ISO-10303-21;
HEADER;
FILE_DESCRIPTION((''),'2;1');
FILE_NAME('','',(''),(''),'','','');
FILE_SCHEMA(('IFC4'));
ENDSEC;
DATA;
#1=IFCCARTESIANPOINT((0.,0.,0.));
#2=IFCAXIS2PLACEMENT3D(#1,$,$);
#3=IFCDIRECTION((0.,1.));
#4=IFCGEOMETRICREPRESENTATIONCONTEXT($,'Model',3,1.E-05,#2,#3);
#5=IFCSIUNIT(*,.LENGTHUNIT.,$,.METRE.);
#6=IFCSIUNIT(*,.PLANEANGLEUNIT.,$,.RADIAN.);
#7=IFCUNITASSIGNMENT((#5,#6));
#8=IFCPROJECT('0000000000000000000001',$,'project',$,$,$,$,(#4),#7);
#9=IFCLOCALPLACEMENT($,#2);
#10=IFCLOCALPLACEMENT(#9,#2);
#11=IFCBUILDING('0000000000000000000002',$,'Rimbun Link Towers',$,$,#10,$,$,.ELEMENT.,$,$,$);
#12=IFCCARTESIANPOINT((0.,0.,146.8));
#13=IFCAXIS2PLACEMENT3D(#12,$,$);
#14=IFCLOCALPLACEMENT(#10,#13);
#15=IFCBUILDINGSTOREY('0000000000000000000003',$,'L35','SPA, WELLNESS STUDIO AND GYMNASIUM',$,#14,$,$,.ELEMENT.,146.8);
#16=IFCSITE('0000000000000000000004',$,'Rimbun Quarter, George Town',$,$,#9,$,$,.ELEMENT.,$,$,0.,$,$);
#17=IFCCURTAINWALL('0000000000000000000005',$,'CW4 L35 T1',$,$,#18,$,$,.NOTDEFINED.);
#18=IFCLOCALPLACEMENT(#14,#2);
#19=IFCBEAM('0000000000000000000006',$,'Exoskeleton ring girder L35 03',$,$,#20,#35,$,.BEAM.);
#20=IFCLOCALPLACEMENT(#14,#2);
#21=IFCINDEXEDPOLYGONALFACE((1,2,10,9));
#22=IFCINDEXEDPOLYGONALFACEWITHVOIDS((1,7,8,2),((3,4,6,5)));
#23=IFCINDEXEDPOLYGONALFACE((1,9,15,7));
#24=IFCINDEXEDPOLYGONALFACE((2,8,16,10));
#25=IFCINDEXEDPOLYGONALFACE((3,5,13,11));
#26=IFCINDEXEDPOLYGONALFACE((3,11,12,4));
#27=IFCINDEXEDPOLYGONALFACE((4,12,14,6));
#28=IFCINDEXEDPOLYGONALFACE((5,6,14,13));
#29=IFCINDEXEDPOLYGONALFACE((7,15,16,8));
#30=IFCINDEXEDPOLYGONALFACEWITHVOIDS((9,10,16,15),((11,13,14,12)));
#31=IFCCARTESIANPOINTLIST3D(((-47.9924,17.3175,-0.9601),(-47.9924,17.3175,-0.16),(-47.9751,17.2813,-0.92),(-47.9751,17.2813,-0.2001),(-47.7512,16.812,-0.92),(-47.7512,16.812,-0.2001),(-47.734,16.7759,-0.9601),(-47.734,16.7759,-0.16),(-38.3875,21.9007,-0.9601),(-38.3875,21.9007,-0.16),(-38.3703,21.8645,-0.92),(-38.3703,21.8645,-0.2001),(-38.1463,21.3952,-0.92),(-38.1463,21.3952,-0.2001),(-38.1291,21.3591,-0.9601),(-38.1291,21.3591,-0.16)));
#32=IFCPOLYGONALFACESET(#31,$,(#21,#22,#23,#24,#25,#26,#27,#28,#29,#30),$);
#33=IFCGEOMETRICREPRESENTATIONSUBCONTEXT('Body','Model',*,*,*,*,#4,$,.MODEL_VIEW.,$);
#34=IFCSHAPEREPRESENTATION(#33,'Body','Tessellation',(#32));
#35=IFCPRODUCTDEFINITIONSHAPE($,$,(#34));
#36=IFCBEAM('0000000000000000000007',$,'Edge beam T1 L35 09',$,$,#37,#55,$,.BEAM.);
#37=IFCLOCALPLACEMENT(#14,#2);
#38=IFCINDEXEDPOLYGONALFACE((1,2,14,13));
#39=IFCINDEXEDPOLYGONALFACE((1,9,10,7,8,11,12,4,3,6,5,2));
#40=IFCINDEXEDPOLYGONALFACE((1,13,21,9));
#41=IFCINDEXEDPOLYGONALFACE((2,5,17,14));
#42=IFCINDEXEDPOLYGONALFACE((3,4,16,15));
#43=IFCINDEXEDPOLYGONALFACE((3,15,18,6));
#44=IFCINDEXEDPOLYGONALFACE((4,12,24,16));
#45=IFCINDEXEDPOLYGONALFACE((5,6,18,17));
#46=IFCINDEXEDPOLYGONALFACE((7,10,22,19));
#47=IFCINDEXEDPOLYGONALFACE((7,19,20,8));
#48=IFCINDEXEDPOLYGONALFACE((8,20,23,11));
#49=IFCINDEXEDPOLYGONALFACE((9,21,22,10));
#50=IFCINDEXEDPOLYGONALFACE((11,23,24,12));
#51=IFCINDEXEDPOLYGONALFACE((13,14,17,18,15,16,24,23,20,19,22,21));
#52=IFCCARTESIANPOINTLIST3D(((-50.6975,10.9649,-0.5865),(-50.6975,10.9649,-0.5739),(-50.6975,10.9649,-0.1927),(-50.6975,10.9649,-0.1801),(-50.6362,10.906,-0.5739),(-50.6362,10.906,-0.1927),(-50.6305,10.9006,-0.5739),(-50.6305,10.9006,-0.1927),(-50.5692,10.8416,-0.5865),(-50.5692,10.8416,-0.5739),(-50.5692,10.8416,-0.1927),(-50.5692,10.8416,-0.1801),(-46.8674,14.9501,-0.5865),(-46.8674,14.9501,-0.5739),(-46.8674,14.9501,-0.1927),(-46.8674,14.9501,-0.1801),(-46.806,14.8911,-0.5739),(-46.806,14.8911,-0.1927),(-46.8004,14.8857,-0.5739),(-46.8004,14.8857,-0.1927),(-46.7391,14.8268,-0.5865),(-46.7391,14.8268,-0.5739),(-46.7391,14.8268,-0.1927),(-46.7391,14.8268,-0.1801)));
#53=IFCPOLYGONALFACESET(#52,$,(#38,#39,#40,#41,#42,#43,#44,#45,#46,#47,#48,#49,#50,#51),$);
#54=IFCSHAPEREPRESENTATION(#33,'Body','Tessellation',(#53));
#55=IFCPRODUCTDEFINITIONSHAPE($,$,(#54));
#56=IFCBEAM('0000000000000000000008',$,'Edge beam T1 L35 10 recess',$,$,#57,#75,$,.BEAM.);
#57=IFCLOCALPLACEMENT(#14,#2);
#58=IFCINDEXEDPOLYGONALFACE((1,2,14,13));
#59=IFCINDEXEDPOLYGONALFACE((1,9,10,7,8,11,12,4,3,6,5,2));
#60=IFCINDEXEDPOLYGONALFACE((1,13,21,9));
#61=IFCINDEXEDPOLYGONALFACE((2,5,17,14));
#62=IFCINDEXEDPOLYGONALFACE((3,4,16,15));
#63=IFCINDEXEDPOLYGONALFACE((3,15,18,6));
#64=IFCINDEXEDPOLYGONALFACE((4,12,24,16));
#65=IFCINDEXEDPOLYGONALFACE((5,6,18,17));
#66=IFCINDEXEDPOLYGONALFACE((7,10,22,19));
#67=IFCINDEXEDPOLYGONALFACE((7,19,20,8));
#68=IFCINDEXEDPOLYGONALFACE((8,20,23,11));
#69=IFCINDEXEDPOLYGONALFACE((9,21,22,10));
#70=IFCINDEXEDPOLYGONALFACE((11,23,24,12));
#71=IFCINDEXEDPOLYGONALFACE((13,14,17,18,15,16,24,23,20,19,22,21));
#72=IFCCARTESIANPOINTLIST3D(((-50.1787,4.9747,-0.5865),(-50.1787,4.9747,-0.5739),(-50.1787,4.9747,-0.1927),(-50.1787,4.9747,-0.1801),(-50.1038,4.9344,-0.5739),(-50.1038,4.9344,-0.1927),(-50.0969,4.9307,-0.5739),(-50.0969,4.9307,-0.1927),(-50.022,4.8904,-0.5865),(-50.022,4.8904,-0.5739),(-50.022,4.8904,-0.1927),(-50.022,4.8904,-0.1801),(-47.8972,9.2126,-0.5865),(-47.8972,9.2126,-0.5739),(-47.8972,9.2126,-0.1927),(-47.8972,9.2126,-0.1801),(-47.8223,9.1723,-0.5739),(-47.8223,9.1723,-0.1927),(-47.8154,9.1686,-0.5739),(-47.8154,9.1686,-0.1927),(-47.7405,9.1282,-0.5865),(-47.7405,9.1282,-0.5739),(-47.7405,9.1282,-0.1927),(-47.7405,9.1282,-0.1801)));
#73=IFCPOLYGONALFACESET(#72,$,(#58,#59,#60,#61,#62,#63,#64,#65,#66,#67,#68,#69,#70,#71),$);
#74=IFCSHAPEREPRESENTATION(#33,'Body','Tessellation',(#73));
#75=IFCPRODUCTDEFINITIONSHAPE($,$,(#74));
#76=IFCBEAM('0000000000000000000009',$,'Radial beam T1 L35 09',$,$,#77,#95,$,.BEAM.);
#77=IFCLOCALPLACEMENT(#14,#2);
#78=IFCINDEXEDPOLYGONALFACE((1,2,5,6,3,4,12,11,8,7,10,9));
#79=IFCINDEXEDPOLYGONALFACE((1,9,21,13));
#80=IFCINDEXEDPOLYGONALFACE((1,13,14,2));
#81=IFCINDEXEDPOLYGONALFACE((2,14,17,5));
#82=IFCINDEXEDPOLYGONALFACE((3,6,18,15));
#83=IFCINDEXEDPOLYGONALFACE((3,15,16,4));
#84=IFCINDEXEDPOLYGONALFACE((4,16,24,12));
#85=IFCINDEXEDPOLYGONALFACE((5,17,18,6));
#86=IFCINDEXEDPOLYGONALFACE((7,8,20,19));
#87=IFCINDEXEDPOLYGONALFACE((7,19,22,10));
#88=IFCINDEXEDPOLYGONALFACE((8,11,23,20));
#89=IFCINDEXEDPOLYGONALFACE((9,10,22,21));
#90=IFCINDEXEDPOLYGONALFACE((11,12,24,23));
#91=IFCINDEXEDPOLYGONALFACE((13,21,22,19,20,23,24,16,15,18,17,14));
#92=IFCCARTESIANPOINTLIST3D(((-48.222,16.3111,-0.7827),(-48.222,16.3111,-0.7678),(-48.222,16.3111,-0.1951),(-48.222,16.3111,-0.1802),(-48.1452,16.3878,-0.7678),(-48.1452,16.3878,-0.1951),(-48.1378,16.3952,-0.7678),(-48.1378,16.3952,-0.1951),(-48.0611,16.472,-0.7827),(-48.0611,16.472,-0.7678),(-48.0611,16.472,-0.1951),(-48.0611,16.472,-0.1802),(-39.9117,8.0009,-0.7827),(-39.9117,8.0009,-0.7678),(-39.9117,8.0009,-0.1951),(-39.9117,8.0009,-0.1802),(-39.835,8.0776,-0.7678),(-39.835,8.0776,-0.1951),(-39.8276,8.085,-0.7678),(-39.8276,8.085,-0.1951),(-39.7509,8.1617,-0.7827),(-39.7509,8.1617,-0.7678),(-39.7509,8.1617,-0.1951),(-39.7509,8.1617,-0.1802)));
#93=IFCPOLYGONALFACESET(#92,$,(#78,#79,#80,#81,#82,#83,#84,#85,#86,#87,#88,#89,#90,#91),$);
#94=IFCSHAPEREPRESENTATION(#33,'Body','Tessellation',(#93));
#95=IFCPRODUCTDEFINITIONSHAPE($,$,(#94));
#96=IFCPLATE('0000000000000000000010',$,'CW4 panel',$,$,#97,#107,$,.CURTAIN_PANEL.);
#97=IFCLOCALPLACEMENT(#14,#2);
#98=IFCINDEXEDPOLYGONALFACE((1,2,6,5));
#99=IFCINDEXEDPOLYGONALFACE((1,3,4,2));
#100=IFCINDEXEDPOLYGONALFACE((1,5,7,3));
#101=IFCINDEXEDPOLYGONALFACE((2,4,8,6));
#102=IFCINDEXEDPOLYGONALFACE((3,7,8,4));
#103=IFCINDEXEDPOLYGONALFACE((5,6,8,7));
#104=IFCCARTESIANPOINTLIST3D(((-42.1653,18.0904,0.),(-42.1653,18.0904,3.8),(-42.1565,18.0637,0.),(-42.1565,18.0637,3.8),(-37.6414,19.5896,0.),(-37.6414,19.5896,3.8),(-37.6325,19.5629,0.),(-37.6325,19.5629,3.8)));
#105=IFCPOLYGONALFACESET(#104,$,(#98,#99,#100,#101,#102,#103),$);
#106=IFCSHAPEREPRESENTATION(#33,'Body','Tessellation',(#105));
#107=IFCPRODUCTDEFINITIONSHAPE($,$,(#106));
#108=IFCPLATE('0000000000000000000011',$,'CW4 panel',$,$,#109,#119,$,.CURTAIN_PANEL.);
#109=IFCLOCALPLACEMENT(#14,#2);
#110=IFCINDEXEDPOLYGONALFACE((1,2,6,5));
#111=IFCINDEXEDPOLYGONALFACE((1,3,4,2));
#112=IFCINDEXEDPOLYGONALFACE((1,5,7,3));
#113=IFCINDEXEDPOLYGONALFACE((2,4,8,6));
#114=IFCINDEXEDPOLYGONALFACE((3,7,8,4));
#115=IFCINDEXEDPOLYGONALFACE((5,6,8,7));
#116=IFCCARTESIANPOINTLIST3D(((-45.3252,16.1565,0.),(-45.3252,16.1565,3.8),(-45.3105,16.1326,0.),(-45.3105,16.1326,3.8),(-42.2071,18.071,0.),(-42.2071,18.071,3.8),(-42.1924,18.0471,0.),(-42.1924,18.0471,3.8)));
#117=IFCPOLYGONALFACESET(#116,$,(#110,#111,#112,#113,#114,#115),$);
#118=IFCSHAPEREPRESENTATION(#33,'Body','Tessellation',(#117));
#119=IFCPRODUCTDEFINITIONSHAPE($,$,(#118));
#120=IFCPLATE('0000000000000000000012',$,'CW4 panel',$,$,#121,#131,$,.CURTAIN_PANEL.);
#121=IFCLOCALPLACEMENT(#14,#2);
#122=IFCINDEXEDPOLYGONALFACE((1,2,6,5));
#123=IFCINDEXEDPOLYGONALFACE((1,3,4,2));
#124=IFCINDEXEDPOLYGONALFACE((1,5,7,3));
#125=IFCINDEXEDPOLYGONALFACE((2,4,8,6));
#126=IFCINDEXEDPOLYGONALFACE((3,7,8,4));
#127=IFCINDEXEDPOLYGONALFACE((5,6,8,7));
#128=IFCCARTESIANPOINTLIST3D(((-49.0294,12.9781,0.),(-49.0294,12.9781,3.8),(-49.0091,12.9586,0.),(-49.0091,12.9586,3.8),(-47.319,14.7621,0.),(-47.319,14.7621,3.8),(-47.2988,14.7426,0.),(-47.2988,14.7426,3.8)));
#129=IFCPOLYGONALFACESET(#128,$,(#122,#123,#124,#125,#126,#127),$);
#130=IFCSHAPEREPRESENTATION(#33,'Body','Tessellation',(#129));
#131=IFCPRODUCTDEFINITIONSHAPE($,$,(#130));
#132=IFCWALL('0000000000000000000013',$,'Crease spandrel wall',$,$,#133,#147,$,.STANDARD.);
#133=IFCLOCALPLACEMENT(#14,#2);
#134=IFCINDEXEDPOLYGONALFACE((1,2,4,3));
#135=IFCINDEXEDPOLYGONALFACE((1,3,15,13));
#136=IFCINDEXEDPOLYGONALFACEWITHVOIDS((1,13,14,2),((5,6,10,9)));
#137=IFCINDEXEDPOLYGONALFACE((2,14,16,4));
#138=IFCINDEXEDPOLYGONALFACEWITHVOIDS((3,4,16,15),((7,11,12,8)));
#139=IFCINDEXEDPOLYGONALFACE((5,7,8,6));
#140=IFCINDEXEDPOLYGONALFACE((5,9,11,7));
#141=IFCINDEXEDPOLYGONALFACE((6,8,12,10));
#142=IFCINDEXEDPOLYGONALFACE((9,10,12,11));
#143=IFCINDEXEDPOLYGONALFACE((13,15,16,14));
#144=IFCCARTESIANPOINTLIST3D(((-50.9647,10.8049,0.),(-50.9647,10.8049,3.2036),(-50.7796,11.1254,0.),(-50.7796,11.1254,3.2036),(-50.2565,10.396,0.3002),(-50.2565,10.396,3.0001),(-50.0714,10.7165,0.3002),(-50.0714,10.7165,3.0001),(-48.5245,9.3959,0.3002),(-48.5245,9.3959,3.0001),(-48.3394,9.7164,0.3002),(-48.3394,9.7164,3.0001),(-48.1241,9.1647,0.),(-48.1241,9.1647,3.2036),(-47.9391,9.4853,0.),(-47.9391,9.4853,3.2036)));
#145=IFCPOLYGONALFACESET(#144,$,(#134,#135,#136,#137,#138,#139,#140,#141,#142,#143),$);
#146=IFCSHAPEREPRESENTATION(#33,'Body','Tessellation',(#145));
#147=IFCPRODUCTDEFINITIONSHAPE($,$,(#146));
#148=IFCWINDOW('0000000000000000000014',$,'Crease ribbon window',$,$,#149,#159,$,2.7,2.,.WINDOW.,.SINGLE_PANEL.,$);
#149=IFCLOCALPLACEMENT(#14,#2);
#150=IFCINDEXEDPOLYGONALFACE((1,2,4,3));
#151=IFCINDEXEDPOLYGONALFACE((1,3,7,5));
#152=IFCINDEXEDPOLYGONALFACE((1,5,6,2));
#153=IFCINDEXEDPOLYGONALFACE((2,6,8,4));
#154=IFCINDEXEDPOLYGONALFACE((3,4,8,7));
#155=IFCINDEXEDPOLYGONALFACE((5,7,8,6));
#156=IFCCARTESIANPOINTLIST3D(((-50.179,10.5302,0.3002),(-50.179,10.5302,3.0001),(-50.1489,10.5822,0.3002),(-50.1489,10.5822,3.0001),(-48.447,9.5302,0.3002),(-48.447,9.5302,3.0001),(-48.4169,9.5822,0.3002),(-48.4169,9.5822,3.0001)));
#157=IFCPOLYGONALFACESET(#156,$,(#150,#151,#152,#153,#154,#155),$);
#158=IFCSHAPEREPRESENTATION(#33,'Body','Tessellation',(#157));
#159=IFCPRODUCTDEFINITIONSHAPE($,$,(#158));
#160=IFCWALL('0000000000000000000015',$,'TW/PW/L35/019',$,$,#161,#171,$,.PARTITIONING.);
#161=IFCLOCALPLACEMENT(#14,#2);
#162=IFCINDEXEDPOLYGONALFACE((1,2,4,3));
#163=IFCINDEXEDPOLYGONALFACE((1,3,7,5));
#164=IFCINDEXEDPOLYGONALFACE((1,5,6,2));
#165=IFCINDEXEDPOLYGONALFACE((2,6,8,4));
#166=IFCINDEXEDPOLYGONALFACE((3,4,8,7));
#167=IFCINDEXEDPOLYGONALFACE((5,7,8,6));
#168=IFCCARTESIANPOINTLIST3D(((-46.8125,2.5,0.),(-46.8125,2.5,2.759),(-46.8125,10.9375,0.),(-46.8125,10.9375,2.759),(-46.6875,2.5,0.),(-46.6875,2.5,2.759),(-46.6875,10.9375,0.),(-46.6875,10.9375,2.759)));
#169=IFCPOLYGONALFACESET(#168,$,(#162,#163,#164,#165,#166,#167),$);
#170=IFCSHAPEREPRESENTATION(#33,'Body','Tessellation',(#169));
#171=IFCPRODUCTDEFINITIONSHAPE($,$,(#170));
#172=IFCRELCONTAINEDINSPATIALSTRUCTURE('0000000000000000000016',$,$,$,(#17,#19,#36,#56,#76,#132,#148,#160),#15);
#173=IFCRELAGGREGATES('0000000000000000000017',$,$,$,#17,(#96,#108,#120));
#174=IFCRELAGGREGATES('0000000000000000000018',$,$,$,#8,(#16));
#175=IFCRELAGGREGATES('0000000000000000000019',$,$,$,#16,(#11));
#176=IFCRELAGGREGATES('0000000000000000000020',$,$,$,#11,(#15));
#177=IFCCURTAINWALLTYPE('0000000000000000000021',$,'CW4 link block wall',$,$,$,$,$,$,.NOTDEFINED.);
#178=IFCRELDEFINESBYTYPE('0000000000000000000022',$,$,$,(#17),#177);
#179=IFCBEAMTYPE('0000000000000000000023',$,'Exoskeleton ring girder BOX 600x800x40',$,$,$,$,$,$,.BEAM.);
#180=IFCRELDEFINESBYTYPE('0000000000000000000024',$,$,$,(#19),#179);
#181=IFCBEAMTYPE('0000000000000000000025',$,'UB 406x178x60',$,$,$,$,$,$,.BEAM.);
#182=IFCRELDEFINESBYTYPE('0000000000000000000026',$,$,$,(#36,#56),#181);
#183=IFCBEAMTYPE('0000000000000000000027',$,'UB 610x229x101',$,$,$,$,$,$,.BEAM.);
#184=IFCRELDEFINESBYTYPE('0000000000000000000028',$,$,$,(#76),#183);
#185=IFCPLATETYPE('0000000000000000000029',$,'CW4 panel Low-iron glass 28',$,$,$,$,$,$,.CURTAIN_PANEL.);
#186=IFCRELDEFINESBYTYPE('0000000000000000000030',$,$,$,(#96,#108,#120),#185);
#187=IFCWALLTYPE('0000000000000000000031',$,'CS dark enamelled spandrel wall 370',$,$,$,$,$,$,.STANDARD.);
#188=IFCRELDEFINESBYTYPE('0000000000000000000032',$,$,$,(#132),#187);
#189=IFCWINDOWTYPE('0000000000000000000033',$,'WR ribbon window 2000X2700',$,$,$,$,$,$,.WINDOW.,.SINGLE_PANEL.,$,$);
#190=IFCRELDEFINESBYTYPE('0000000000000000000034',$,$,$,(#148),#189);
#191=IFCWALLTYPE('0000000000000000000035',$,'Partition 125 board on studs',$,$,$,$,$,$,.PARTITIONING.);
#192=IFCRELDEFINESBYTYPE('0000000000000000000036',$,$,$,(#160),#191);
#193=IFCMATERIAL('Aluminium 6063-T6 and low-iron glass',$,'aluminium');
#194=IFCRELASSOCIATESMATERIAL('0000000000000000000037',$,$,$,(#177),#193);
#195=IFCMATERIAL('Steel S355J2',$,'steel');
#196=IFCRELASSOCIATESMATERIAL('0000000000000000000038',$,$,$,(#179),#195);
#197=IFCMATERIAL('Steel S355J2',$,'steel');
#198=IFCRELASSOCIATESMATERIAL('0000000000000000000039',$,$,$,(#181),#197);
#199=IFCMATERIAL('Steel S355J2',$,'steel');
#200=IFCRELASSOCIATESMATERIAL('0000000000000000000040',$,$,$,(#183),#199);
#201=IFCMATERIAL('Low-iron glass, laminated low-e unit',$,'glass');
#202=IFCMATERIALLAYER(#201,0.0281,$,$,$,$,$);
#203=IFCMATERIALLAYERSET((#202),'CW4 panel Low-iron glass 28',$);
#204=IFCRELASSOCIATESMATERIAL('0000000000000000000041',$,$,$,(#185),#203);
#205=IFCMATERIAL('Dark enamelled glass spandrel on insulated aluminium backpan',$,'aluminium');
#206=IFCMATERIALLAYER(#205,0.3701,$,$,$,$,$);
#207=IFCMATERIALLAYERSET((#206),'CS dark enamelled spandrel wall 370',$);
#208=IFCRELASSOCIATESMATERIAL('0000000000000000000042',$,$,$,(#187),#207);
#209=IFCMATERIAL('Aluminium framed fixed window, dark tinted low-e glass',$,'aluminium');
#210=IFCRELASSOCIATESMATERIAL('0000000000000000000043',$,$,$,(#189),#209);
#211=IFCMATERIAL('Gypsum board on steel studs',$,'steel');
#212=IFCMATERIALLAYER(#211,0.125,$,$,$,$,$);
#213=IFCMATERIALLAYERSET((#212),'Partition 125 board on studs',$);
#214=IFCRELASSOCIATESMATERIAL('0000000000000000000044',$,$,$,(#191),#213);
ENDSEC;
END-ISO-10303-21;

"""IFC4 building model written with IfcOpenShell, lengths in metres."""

from ifc_helpers import new_model, si_unit, direction, frame, frame_2d, origin, origin_2d, place, context, subcontext, project, spatial, rectangle, hollow_rectangle, i_section, extrude, material, layer, layer_set, material_profile, profile_set, type_object, element, fill, aggregate, save


model = new_model("IFC4")

# Units and contexts
model_context = context("Model", 3, precision=1e-05, world=origin(), true_north=direction((0.0, 1.0)))
body_context = subcontext(model_context, "Body", "Model", "MODEL_VIEW")
ifc_project = project(units=[si_unit("LENGTHUNIT", "METRE"), si_unit("PLANEANGLEUNIT", "RADIAN")], contexts=[model_context])

# Site, building, storey
site_placement = place(None, origin())
site = spatial("IfcSite", under=ifc_project, at=site_placement, Name="Rimbun Quarter, George Town", CompositionType="ELEMENT", RefElevation=0.0)
building_placement = place(site_placement, origin())
building = spatial("IfcBuilding", under=site, at=building_placement, Name="Rimbun Link Towers", CompositionType="ELEMENT")
storey_placement = place(building_placement, frame((0.0, 0.0, 146.8)))
storey = spatial("IfcBuildingStorey", under=building, at=storey_placement, Name="L35", Description="SPA, WELLNESS STUDIO AND GYMNASIUM", CompositionType="ELEMENT", Elevation=146.8)

# Curtain wall
ifc_material_1 = material(Name="Aluminium 6063-T6 and low-iron glass", Category="aluminium")
curtain_wall_type = type_object("IfcCurtainWallType", Name="CW4 link block wall", PredefinedType="NOTDEFINED", material=ifc_material_1)
curtain_wall_placement = place(storey_placement, origin())
curtain_wall = element("IfcCurtainWall", 1, at=curtain_wall_placement, inside=storey, type_object=curtain_wall_type, Name="CW4 L35 T1", PredefinedType="NOTDEFINED")

# Beams
ifc_material_2 = material(Name="Steel S355J2", Category="steel")
ifc_material_profile_1 = material_profile(ifc_material_2, hollow_rectangle(XDim=0.6001, YDim=0.8, WallThickness=0.04, at=origin_2d()), Name="Exoskeleton ring girder BOX 600x800x40")
ifc_profile_set_1 = profile_set([ifc_material_profile_1], Name="Steel S355J2")
beam_type_1 = type_object("IfcBeamType", Name="Exoskeleton ring girder BOX 600x800x40", PredefinedType="BEAM", material=ifc_profile_set_1)
beam_1_placement = place(storey_placement, frame((-38.2583, 21.6299, -0.5601), z_axis=(-0.902515, -0.430657, 0.0), x_axis=(0.430657, -0.902515, 0.0)))
element("IfcBeam", 2, at=beam_1_placement, inside=storey, type_object=beam_type_1, Name="Exoskeleton ring girder L35 03", PredefinedType="BEAM", context=body_context, shape_type="SweptSolid", body=[
    extrude(hollow_rectangle(XDim=0.6001, YDim=0.8, WallThickness=0.04, at=origin_2d()), origin(), (0.0, 0.0, 1.0), 10.6423),
])
ifc_material_3 = material(Name="Steel S355J2", Category="steel")
ifc_material_profile_2 = material_profile(ifc_material_3, i_section(OverallWidth=0.178, OverallDepth=0.4065, WebThickness=0.0078, FlangeThickness=0.0127, at=origin_2d()), Name="UB 406x178x60")
ifc_profile_set_2 = profile_set([ifc_material_profile_2], Name="Steel S355J2")
beam_type_2 = type_object("IfcBeamType", Name="UB 406x178x60", PredefinedType="BEAM", material=ifc_profile_set_2)
beam_2_placement = place(storey_placement, frame((-46.8032, 14.8884, -0.3833), z_axis=(-0.692944, -0.720992, 0.0), x_axis=(0.720992, -0.692944, 0.0)))
element("IfcBeam", 3, at=beam_2_placement, inside=storey, type_object=beam_type_2, Name="Edge beam T1 L35 09", PredefinedType="BEAM", context=body_context, shape_type="SweptSolid", body=[
    extrude(i_section(OverallWidth=0.178, OverallDepth=0.4065, WebThickness=0.0078, FlangeThickness=0.0127, at=origin_2d()), origin(), (0.0, 0.0, 1.0), 5.5273),
])
beam_3_placement = place(storey_placement, frame((-47.8188, 9.1704, -0.3833), z_axis=(-0.474036, -0.880505, 0.0), x_axis=(0.880505, -0.474036, 0.0)))
element("IfcBeam", 4, at=beam_3_placement, inside=storey, type_object=beam_type_2, Name="Edge beam T1 L35 10 recess", PredefinedType="BEAM", context=body_context, shape_type="SweptSolid", body=[
    extrude(i_section(OverallWidth=0.178, OverallDepth=0.4065, WebThickness=0.0078, FlangeThickness=0.0127, at=origin_2d()), origin(), (0.0, 0.0, 1.0), 4.813),
])
ifc_material_4 = material(Name="Steel S355J2", Category="steel")
ifc_material_profile_3 = material_profile(ifc_material_4, i_section(OverallWidth=0.2275, OverallDepth=0.6025, WebThickness=0.0105, FlangeThickness=0.0149, at=origin_2d()), Name="UB 610x229x101")
ifc_profile_set_3 = profile_set([ifc_material_profile_3], Name="Steel S355J2")
beam_type_3 = type_object("IfcBeamType", Name="UB 610x229x101", PredefinedType="BEAM", material=ifc_profile_set_3)
beam_4_placement = place(storey_placement, frame((-39.8313, 8.0813, -0.4814), z_axis=(-0.707107, 0.707107, 0.0), x_axis=(-0.707107, -0.707107, 0.0)))
element("IfcBeam", 5, at=beam_4_placement, inside=storey, type_object=beam_type_3, Name="Radial beam T1 L35 09", PredefinedType="BEAM", context=body_context, shape_type="SweptSolid", body=[
    extrude(i_section(OverallWidth=0.2275, OverallDepth=0.6025, WebThickness=0.0105, FlangeThickness=0.0149, at=origin_2d()), origin(), (0.0, 0.0, 1.0), 11.7524),
])

# Plates
ifc_material_5 = material(Name="Low-iron glass, laminated low-e unit", Category="glass")
ifc_layer_1 = layer(ifc_material_5, 0.0281)
ifc_layer_set_1 = layer_set([ifc_layer_1], Name="CW4 panel Low-iron glass 28")
plate_type = type_object("IfcPlateType", Name="CW4 panel Low-iron glass 28", PredefinedType="CURTAIN_PANEL", material=ifc_layer_set_1)
plate_1_placement = place(storey_placement, frame((-39.8989, 18.8267, 0.0), z_axis=(0.0, 0.0, 1.0), x_axis=(0.949235, 0.314568, 0.0)))
plate_1 = element("IfcPlate", 6, at=plate_1_placement, type_object=plate_type, Name="CW4 panel", PredefinedType="CURTAIN_PANEL", context=body_context, shape_type="SweptSolid", body=[
    extrude(rectangle(XDim=4.7659, YDim=0.0281, at=origin_2d()), origin(), (0.0, 0.0, 1.0), 3.8),
])
plate_2_placement = place(storey_placement, frame((-43.7588, 17.1018, 0.0), z_axis=(0.0, 0.0, 1.0), x_axis=(0.852194, 0.523225, 0.0)))
plate_2 = element("IfcPlate", 7, at=plate_2_placement, type_object=plate_type, Name="CW4 panel", PredefinedType="CURTAIN_PANEL", context=body_context, shape_type="SweptSolid", body=[
    extrude(rectangle(XDim=3.6589, YDim=0.0281, at=origin_2d()), origin(), (0.0, 0.0, 1.0), 3.8),
])
plate_3_placement = place(storey_placement, frame((-48.1641, 13.8604, 0.0), z_axis=(0.0, 0.0, 1.0), x_axis=(0.692041, 0.721858, 0.0)))
plate_3 = element("IfcPlate", 8, at=plate_3_placement, type_object=plate_type, Name="CW4 panel", PredefinedType="CURTAIN_PANEL", context=body_context, shape_type="SweptSolid", body=[
    extrude(rectangle(XDim=2.4714, YDim=0.0281, at=origin_2d()), origin(), (0.0, 0.0, 1.0), 3.8),
])
aggregate(curtain_wall, [plate_1, plate_2, plate_3])

# Wall, opening, window
ifc_material_6 = material(Name="Dark enamelled glass spandrel on insulated aluminium backpan", Category="aluminium")
ifc_layer_2 = layer(ifc_material_6, 0.3701)
ifc_layer_set_2 = layer_set([ifc_layer_2], Name="CS dark enamelled spandrel wall 370")
wall_type_1 = type_object("IfcWallType", Name="CS dark enamelled spandrel wall 370", PredefinedType="STANDARD", material=ifc_layer_set_2)
wall_1_placement = place(storey_placement, frame((-48.0315, 9.325, 0.0), z_axis=(0.0, 0.0, 1.0), x_axis=(-0.866008, 0.50003, 0.0)))
wall_1 = element("IfcWall", 9, at=wall_1_placement, inside=storey, type_object=wall_type_1, Name="Crease spandrel wall", PredefinedType="STANDARD", context=body_context, shape_type="SweptSolid", body=[
    extrude(rectangle(XDim=3.28, YDim=0.3701, at=frame_2d((1.6401, 0.0))), origin(), (0.0, 0.0, 1.0), 3.2036),
])
opening_placement = place(wall_1_placement, frame((0.4624, 0.0, 0.3)))
opening = element("IfcOpeningElement", 10, at=opening_placement, cuts=wall_1, PredefinedType="OPENING", context=body_context, shape_type="SweptSolid", body=[
    extrude(rectangle(XDim=2.0, YDim=2.7, at=frame_2d((1.0, 1.3501))), frame((0.0, 0.1951, 0.0), z_axis=(0.0, -1.0, 0.0), x_axis=(1.0, 0.0, 0.0)), (0.0, 0.0, 1.0), 0.3901),
])
ifc_material_7 = material(Name="Aluminium framed fixed window, dark tinted low-e glass", Category="aluminium")
window_type = type_object("IfcWindowType", Name="WR ribbon window 2000X2700", PartitioningType="SINGLE_PANEL", PredefinedType="WINDOW", material=ifc_material_7)
window_placement = place(opening_placement, origin())
window = element("IfcWindow", 11, at=window_placement, inside=storey, type_object=window_type, Name="Crease ribbon window", OverallHeight=2.7, OverallWidth=2.0, PartitioningType="SINGLE_PANEL", PredefinedType="WINDOW", context=body_context, shape_type="SweptSolid", body=[
    extrude(rectangle(XDim=2.0, YDim=2.7, at=frame_2d((1.0, 1.3501))), frame((0.0, 0.03, 0.0), z_axis=(0.0, -1.0, 0.0), x_axis=(1.0, 0.0, 0.0)), (0.0, 0.0, 1.0), 0.0601),
])
fill(opening, window)

# Wall
ifc_material_8 = material(Name="Gypsum board on steel studs", Category="steel")
ifc_layer_3 = layer(ifc_material_8, 0.125)
ifc_layer_set_3 = layer_set([ifc_layer_3], Name="Partition 125 board on studs")
wall_type_2 = type_object("IfcWallType", Name="Partition 125 board on studs", PredefinedType="PARTITIONING", material=ifc_layer_set_3)
wall_2_placement = place(storey_placement, frame((-46.75, 10.9375, 0.0), z_axis=(0.0, 0.0, 1.0), x_axis=(0.0, -1.0, 0.0)))
element("IfcWall", 12, at=wall_2_placement, inside=storey, type_object=wall_type_2, Name="TW/PW/L35/019", PredefinedType="PARTITIONING", context=body_context, shape_type="SweptSolid", body=[
    extrude(rectangle(XDim=8.4375, YDim=0.125, at=frame_2d((4.2188, 0.0))), origin(), (0.0, 0.0, 1.0), 2.759),
])

save(model, "model.ifc")
